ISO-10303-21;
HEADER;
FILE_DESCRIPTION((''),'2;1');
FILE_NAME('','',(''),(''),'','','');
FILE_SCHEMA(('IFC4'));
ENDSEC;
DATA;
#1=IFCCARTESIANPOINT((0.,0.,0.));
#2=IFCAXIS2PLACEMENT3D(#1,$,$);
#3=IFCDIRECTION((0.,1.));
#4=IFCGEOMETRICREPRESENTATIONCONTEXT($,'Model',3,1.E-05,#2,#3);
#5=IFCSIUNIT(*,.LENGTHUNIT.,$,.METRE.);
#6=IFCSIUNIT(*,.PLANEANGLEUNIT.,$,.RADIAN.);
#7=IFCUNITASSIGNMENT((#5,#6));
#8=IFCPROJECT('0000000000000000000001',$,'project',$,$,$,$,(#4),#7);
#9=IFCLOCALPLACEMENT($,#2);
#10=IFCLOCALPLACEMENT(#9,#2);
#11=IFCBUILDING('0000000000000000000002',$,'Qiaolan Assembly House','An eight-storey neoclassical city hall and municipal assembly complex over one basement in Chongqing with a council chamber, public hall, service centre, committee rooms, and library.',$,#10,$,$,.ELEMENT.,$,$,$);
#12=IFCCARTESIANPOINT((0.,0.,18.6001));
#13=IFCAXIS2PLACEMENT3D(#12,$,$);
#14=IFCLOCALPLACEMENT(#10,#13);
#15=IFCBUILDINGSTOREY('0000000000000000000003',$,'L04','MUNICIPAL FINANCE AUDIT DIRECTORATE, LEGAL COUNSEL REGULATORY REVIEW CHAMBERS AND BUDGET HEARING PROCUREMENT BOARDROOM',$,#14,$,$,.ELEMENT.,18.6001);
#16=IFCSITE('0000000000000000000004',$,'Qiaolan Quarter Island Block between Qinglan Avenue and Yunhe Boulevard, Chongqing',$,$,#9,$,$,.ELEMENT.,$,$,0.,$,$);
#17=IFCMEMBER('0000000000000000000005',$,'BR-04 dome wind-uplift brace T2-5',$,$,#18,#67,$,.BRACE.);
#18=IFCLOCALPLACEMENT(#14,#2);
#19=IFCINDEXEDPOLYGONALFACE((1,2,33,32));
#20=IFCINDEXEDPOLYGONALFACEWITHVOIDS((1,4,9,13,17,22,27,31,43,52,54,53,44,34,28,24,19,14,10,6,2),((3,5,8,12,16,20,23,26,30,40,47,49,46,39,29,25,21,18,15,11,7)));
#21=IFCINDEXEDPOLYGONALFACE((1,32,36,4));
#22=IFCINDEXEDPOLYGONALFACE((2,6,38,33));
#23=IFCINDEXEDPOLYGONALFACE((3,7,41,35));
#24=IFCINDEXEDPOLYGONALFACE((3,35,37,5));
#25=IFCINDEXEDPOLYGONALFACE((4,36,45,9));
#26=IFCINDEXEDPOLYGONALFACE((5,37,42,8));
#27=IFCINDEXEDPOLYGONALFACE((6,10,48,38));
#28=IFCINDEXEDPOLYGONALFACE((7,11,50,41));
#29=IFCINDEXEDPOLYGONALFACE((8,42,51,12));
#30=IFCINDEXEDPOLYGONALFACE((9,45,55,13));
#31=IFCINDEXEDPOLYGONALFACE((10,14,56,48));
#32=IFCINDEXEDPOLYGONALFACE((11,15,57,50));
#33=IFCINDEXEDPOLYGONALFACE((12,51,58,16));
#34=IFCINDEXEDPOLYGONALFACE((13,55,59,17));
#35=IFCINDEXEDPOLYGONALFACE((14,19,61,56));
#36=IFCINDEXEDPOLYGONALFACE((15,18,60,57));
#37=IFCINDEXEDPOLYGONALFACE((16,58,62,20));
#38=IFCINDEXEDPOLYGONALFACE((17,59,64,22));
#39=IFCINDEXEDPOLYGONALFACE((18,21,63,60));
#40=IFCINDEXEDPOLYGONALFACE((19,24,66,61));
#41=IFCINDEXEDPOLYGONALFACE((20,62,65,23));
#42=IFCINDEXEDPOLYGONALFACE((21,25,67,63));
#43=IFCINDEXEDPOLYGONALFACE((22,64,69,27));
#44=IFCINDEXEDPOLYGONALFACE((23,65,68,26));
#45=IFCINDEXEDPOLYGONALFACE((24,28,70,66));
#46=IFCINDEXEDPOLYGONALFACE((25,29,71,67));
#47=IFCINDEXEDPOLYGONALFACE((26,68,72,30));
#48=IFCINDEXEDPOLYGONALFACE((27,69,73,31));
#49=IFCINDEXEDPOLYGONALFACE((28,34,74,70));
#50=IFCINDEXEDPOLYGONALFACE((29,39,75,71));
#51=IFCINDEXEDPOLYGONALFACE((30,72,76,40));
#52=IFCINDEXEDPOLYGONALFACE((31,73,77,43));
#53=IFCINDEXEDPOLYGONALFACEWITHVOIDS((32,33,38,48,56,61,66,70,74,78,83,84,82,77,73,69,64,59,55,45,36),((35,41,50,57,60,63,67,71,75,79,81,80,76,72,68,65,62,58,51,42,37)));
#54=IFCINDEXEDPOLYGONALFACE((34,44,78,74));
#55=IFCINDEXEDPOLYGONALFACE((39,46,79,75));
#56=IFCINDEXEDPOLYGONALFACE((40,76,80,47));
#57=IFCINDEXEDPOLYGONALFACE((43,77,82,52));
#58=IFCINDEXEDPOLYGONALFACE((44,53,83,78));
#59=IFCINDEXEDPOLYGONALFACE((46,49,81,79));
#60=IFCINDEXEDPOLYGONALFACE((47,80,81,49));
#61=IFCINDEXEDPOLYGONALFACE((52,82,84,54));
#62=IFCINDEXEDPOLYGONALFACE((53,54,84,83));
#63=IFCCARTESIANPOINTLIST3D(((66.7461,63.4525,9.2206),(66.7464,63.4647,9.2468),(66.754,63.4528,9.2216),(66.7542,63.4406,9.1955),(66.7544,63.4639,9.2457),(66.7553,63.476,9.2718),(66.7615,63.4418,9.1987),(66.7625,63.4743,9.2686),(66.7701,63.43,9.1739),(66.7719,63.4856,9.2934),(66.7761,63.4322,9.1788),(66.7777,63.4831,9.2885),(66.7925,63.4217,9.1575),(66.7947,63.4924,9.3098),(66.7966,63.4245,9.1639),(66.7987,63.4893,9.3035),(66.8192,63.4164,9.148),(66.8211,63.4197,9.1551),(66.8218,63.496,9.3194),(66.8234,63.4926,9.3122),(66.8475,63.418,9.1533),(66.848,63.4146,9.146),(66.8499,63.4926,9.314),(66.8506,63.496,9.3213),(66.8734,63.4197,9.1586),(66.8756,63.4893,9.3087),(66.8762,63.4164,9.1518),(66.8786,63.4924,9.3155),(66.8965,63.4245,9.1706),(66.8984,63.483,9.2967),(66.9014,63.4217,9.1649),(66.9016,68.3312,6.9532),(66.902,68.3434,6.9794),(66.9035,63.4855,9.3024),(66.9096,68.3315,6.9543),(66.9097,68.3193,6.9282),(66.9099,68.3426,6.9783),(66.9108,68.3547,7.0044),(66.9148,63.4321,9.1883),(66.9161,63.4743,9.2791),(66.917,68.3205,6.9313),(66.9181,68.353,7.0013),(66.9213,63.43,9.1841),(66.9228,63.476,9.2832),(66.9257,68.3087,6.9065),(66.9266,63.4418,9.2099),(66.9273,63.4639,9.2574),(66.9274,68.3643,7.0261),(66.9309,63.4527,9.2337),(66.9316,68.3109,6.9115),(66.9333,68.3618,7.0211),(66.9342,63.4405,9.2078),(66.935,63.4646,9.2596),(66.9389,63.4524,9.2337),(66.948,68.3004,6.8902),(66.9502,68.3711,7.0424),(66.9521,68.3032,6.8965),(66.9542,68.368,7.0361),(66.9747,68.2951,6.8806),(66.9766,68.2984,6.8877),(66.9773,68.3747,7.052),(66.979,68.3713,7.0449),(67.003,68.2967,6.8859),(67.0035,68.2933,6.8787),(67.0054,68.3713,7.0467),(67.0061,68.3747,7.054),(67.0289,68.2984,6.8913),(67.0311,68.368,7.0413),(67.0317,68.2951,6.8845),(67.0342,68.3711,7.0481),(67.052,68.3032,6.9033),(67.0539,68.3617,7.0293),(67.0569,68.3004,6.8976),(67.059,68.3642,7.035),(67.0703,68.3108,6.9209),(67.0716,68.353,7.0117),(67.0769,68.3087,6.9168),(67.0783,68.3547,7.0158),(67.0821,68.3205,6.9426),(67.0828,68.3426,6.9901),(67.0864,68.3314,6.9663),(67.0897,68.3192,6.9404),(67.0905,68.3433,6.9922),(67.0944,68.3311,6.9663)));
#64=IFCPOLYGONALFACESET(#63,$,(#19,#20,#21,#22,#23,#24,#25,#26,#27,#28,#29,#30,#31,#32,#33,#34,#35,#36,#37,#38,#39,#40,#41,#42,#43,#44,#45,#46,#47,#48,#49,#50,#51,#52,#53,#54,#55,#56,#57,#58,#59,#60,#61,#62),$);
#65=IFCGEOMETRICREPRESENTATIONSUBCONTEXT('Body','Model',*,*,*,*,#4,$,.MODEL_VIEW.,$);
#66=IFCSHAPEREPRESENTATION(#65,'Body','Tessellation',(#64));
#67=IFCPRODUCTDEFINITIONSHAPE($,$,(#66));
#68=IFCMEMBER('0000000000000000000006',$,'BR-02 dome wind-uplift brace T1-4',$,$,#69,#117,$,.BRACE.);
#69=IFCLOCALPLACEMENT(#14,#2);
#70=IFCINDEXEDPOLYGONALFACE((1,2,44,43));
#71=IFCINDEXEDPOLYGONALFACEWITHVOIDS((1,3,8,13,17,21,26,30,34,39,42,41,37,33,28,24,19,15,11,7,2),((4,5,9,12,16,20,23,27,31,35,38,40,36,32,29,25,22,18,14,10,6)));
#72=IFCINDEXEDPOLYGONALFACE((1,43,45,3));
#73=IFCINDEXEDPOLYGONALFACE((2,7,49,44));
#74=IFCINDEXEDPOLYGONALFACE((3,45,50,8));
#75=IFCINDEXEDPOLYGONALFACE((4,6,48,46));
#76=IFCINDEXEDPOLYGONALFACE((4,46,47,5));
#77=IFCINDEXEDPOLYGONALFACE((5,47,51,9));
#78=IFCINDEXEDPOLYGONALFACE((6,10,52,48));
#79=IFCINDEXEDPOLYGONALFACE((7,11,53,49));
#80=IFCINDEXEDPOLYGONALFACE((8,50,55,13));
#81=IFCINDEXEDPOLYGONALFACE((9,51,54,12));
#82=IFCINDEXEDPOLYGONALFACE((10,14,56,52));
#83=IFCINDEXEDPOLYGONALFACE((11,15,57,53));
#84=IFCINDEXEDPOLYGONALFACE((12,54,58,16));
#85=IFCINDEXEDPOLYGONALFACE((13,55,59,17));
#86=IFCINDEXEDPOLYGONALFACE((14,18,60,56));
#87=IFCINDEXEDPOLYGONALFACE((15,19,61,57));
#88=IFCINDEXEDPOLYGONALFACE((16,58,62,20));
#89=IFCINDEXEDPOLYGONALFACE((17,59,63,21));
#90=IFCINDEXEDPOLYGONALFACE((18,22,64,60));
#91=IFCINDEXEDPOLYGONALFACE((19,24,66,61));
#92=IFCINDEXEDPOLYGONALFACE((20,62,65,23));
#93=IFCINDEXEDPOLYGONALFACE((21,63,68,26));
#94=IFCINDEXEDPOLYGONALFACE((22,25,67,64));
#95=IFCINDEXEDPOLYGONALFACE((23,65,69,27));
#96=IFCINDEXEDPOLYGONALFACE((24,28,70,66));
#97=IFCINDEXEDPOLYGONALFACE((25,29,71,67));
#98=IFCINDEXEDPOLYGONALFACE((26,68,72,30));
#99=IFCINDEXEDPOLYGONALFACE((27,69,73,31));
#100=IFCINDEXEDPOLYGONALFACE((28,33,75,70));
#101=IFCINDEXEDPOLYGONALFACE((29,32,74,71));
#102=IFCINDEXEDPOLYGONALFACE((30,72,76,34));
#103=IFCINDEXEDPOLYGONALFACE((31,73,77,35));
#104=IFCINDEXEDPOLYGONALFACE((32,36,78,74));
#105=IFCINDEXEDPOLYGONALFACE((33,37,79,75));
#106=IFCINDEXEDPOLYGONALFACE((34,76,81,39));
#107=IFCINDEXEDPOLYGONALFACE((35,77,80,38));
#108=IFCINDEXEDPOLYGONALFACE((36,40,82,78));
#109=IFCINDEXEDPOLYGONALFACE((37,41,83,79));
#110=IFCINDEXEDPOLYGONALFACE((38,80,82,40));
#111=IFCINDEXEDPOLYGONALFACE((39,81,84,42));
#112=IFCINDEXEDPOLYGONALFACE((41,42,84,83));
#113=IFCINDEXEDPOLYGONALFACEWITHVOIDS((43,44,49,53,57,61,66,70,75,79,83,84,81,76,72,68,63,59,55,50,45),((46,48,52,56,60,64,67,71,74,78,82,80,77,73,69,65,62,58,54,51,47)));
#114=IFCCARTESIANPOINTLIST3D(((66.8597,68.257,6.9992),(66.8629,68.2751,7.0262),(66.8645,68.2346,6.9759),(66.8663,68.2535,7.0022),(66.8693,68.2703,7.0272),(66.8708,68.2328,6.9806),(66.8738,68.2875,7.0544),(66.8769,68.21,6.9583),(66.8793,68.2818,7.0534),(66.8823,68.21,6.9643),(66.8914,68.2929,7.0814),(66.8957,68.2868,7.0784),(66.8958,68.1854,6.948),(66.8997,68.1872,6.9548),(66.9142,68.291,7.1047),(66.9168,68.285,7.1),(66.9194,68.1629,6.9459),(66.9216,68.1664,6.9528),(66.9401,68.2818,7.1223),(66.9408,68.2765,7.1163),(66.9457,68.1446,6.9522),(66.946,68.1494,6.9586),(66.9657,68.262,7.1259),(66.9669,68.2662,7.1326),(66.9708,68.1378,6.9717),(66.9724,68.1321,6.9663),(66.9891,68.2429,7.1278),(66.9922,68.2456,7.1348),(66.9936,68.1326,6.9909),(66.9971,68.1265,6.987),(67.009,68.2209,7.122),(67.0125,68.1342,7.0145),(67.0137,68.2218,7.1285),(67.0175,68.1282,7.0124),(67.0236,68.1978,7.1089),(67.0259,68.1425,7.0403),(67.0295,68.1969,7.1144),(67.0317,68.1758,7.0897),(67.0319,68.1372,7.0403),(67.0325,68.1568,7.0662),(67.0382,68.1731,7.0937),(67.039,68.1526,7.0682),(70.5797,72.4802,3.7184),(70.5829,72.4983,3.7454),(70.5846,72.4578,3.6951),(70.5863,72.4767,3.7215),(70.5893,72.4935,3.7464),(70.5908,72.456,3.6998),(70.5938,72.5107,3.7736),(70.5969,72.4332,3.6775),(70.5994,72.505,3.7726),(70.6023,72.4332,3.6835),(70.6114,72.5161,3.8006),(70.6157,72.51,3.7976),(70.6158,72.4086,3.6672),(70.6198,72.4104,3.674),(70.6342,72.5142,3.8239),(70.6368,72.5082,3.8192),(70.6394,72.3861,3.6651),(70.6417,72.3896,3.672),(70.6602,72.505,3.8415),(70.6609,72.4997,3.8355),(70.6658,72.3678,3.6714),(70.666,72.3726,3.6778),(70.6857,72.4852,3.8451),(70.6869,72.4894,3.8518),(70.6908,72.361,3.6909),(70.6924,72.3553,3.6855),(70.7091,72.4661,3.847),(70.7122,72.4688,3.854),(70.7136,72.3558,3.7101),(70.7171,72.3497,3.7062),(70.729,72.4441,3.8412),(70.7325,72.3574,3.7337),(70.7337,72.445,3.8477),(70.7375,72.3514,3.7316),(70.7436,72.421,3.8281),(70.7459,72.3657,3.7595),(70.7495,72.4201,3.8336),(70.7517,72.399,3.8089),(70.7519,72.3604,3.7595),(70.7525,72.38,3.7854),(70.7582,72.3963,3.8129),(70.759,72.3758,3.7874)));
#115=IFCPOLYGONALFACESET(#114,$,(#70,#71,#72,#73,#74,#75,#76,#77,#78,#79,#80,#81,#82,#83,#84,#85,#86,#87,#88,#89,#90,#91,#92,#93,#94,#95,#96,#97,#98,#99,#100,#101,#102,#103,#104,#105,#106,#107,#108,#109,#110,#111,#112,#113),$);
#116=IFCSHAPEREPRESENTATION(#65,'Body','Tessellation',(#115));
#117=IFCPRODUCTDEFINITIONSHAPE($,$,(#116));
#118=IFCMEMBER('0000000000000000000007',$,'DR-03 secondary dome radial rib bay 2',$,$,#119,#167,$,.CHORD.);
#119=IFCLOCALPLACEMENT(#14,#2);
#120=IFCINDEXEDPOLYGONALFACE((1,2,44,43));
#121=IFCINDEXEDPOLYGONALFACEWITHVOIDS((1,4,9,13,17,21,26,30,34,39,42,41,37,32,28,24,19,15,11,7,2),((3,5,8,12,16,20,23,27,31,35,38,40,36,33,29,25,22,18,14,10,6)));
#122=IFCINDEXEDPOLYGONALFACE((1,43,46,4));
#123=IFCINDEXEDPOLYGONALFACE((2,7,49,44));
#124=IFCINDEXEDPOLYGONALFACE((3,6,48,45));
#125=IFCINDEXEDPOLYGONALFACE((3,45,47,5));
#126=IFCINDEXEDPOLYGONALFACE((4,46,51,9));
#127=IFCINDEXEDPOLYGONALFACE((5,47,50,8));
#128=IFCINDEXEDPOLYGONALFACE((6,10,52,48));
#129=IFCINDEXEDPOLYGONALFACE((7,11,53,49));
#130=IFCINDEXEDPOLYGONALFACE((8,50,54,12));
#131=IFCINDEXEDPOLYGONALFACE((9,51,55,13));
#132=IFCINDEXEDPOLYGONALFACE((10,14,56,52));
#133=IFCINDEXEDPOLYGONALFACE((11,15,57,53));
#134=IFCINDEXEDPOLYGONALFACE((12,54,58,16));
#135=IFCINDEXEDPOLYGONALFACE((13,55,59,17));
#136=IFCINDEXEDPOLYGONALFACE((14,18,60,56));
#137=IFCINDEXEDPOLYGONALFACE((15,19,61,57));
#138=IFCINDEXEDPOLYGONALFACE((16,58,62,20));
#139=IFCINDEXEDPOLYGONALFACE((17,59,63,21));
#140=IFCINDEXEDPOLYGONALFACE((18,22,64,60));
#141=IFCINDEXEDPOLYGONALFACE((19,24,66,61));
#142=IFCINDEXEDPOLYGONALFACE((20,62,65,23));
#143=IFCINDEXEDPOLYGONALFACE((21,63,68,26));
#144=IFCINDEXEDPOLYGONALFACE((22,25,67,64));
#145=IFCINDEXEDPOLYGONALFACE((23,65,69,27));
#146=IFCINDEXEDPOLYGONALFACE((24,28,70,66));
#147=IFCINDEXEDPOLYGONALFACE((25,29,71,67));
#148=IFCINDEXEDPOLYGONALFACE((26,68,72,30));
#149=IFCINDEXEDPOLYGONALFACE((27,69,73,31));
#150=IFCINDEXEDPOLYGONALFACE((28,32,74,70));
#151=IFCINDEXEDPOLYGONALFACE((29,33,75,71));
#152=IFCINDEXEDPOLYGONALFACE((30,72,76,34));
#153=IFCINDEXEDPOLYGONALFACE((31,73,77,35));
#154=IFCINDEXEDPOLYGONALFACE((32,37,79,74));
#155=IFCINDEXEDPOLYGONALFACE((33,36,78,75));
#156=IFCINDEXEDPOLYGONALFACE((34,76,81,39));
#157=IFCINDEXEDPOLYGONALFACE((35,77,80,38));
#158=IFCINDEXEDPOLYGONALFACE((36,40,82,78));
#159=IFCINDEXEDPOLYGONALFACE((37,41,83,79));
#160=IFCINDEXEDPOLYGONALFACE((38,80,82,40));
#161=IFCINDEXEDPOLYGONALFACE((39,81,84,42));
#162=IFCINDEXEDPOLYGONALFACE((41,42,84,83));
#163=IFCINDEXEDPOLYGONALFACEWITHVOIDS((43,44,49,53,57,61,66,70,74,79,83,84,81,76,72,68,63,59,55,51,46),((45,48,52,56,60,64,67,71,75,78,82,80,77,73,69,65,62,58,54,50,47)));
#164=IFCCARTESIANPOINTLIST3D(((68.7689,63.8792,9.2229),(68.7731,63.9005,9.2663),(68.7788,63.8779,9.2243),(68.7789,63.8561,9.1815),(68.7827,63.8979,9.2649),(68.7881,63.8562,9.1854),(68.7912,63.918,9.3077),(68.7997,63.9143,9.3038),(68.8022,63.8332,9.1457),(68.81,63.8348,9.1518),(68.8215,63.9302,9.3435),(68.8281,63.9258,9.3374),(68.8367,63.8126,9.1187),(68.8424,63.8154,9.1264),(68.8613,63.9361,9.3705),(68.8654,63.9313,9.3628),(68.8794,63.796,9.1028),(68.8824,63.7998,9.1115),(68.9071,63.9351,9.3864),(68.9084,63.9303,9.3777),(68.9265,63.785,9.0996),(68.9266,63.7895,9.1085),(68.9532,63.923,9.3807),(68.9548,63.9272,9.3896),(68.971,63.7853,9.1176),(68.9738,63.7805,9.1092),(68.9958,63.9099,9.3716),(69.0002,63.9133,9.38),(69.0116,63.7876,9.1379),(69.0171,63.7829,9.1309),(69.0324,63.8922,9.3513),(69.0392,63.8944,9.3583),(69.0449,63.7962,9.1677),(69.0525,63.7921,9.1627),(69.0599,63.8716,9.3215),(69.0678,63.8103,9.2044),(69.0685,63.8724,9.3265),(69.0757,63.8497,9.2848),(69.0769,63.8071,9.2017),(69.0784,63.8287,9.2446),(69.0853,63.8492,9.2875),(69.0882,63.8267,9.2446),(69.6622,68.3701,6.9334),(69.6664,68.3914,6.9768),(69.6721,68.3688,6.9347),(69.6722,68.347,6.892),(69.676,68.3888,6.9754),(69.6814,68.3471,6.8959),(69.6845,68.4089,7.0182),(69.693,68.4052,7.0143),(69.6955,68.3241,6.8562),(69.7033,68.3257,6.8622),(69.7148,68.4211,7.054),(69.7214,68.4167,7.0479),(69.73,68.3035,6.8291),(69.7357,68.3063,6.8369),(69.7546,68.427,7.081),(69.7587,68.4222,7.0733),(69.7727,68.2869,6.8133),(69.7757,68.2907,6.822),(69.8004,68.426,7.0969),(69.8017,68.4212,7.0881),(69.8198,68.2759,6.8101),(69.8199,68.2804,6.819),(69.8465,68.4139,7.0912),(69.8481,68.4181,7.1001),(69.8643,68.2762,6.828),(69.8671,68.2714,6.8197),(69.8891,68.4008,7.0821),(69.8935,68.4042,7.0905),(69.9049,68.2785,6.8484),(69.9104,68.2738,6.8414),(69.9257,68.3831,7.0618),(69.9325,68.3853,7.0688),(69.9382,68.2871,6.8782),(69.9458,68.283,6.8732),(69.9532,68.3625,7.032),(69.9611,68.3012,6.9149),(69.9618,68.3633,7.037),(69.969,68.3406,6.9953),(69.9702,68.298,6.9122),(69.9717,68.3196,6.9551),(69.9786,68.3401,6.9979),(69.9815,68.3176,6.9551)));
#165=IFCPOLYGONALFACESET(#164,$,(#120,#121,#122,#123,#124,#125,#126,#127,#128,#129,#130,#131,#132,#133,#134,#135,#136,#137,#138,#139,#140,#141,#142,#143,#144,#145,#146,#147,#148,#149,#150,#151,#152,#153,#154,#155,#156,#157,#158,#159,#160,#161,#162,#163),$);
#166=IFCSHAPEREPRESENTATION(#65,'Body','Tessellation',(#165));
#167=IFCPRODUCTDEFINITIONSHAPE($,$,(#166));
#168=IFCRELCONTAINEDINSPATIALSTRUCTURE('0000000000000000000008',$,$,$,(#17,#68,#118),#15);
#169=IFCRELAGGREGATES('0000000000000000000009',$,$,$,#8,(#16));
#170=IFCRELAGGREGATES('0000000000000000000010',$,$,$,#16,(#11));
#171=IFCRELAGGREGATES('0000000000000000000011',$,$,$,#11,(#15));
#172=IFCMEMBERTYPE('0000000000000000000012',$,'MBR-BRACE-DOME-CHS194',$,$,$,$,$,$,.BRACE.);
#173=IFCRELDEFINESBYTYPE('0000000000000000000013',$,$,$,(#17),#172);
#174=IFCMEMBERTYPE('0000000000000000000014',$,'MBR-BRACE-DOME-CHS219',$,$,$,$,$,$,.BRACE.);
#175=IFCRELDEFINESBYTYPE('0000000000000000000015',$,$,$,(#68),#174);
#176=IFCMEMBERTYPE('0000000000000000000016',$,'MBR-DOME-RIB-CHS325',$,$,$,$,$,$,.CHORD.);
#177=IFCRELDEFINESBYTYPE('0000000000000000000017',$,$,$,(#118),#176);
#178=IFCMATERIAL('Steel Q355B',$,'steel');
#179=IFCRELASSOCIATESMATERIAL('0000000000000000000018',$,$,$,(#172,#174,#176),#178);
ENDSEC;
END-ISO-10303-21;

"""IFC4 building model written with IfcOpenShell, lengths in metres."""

from ifc_helpers import new_model, si_unit, direction, frame, origin, origin_2d, place, context, subcontext, project, spatial, hollow_circle, extrude, material, material_profile, profile_set, type_object, element, save


model = new_model("IFC4")

# Units and contexts
model_context = context("Model", 3, precision=1e-05, world=origin(), true_north=direction((0.0, 1.0)))
body_context = subcontext(model_context, "Body", "Model", "MODEL_VIEW")
ifc_project = project(units=[si_unit("LENGTHUNIT", "METRE"), si_unit("PLANEANGLEUNIT", "RADIAN")], contexts=[model_context])

# Site, building, storey
site_placement = place(None, origin())
site = spatial("IfcSite", under=ifc_project, at=site_placement, Name="Qiaolan Quarter Island Block between Qinglan Avenue and Yunhe Boulevard, Chongqing", CompositionType="ELEMENT", RefElevation=0.0)
building_placement = place(site_placement, origin())
building = spatial("IfcBuilding", under=site, at=building_placement, Name="Qiaolan Assembly House", Description="An eight-storey neoclassical city hall and municipal assembly complex over one basement in Chongqing with a council chamber, public hall, service centre, committee rooms, and library.", CompositionType="ELEMENT")
storey_placement = place(building_placement, frame((0.0, 0.0, 18.6001)))
storey = spatial("IfcBuildingStorey", under=building, at=storey_placement, Name="L04", Description="MUNICIPAL FINANCE AUDIT DIRECTORATE, LEGAL COUNSEL REGULATORY REVIEW CHAMBERS AND BUDGET HEARING PROCUREMENT BOARDROOM", CompositionType="ELEMENT", Elevation=18.6001)

# Shared definitions
ifc_material_1 = material(Name="Steel Q355B", Category="steel")

# Members
ifc_material_profile_1 = material_profile(ifc_material_1, hollow_circle(Radius=0.0969, WallThickness=0.0081, at=origin_2d()), Name="CHS 194x8")
ifc_profile_set_1 = profile_set([ifc_material_profile_1], Name="Steel Q355B")
member_type_1 = type_object("IfcMemberType", Name="MBR-BRACE-DOME-CHS194", PredefinedType="BRACE", material=ifc_profile_set_1)
member_1_placement = place(storey_placement, frame((66.9976, 68.3342, 6.9663), z_axis=(-0.028896, -0.906471, 0.421278), x_axis=(0.999492, -0.031861, 0.0)))
element("IfcMember", 1, at=member_1_placement, inside=storey, type_object=member_type_1, Name="BR-04 dome wind-uplift brace T2-5", PredefinedType="BRACE", context=body_context, shape_type="SweptSolid", body=[
    extrude(hollow_circle(Radius=0.0969, WallThickness=0.0081, at=origin_2d()), origin(), (0.0, 0.0, 1.0), 5.3821),
])
ifc_material_profile_2 = material_profile(ifc_material_1, hollow_circle(Radius=0.1096, WallThickness=0.0081, at=origin_2d()), Name="CHS 219.1x8")
ifc_profile_set_2 = profile_set([ifc_material_profile_2], Name="Steel Q355B")
member_type_2 = type_object("IfcMemberType", Name="MBR-BRACE-DOME-CHS219", PredefinedType="BRACE", material=ifc_profile_set_2)
member_2_placement = place(storey_placement, frame((70.6697, 72.4329, 3.7595), z_axis=(-0.571044, -0.648285, 0.503622), x_axis=(0.750396, -0.660989, 0.0)))
element("IfcMember", 2, at=member_2_placement, inside=storey, type_object=member_type_2, Name="BR-02 dome wind-uplift brace T1-4", PredefinedType="BRACE", context=body_context, shape_type="SweptSolid", body=[
    extrude(hollow_circle(Radius=0.1096, WallThickness=0.0081, at=origin_2d()), origin(), (0.0, 0.0, 1.0), 6.5144),
])
ifc_material_profile_3 = material_profile(ifc_material_1, hollow_circle(Radius=0.1626, WallThickness=0.01, at=origin_2d()), Name="CHS 325x10")
ifc_profile_set_3 = profile_set([ifc_material_profile_3], Name="Steel Q355B")
member_type_3 = type_object("IfcMemberType", Name="MBR-DOME-RIB-CHS325", PredefinedType="CHORD", material=ifc_profile_set_3)
member_3_placement = place(storey_placement, frame((69.822, 68.3494, 6.9551), z_axis=(-0.174493, -0.877235, 0.447225), x_axis=(0.980785, -0.195091, 0.0)))
element("IfcMember", 3, at=member_3_placement, inside=storey, type_object=member_type_3, Name="DR-03 secondary dome radial rib bay 2", PredefinedType="CHORD", context=body_context, shape_type="SweptSolid", body=[
    extrude(hollow_circle(Radius=0.1626, WallThickness=0.01, at=origin_2d()), origin(), (0.0, 0.0, 1.0), 5.1194),
])

save(model, "model.ifc")
